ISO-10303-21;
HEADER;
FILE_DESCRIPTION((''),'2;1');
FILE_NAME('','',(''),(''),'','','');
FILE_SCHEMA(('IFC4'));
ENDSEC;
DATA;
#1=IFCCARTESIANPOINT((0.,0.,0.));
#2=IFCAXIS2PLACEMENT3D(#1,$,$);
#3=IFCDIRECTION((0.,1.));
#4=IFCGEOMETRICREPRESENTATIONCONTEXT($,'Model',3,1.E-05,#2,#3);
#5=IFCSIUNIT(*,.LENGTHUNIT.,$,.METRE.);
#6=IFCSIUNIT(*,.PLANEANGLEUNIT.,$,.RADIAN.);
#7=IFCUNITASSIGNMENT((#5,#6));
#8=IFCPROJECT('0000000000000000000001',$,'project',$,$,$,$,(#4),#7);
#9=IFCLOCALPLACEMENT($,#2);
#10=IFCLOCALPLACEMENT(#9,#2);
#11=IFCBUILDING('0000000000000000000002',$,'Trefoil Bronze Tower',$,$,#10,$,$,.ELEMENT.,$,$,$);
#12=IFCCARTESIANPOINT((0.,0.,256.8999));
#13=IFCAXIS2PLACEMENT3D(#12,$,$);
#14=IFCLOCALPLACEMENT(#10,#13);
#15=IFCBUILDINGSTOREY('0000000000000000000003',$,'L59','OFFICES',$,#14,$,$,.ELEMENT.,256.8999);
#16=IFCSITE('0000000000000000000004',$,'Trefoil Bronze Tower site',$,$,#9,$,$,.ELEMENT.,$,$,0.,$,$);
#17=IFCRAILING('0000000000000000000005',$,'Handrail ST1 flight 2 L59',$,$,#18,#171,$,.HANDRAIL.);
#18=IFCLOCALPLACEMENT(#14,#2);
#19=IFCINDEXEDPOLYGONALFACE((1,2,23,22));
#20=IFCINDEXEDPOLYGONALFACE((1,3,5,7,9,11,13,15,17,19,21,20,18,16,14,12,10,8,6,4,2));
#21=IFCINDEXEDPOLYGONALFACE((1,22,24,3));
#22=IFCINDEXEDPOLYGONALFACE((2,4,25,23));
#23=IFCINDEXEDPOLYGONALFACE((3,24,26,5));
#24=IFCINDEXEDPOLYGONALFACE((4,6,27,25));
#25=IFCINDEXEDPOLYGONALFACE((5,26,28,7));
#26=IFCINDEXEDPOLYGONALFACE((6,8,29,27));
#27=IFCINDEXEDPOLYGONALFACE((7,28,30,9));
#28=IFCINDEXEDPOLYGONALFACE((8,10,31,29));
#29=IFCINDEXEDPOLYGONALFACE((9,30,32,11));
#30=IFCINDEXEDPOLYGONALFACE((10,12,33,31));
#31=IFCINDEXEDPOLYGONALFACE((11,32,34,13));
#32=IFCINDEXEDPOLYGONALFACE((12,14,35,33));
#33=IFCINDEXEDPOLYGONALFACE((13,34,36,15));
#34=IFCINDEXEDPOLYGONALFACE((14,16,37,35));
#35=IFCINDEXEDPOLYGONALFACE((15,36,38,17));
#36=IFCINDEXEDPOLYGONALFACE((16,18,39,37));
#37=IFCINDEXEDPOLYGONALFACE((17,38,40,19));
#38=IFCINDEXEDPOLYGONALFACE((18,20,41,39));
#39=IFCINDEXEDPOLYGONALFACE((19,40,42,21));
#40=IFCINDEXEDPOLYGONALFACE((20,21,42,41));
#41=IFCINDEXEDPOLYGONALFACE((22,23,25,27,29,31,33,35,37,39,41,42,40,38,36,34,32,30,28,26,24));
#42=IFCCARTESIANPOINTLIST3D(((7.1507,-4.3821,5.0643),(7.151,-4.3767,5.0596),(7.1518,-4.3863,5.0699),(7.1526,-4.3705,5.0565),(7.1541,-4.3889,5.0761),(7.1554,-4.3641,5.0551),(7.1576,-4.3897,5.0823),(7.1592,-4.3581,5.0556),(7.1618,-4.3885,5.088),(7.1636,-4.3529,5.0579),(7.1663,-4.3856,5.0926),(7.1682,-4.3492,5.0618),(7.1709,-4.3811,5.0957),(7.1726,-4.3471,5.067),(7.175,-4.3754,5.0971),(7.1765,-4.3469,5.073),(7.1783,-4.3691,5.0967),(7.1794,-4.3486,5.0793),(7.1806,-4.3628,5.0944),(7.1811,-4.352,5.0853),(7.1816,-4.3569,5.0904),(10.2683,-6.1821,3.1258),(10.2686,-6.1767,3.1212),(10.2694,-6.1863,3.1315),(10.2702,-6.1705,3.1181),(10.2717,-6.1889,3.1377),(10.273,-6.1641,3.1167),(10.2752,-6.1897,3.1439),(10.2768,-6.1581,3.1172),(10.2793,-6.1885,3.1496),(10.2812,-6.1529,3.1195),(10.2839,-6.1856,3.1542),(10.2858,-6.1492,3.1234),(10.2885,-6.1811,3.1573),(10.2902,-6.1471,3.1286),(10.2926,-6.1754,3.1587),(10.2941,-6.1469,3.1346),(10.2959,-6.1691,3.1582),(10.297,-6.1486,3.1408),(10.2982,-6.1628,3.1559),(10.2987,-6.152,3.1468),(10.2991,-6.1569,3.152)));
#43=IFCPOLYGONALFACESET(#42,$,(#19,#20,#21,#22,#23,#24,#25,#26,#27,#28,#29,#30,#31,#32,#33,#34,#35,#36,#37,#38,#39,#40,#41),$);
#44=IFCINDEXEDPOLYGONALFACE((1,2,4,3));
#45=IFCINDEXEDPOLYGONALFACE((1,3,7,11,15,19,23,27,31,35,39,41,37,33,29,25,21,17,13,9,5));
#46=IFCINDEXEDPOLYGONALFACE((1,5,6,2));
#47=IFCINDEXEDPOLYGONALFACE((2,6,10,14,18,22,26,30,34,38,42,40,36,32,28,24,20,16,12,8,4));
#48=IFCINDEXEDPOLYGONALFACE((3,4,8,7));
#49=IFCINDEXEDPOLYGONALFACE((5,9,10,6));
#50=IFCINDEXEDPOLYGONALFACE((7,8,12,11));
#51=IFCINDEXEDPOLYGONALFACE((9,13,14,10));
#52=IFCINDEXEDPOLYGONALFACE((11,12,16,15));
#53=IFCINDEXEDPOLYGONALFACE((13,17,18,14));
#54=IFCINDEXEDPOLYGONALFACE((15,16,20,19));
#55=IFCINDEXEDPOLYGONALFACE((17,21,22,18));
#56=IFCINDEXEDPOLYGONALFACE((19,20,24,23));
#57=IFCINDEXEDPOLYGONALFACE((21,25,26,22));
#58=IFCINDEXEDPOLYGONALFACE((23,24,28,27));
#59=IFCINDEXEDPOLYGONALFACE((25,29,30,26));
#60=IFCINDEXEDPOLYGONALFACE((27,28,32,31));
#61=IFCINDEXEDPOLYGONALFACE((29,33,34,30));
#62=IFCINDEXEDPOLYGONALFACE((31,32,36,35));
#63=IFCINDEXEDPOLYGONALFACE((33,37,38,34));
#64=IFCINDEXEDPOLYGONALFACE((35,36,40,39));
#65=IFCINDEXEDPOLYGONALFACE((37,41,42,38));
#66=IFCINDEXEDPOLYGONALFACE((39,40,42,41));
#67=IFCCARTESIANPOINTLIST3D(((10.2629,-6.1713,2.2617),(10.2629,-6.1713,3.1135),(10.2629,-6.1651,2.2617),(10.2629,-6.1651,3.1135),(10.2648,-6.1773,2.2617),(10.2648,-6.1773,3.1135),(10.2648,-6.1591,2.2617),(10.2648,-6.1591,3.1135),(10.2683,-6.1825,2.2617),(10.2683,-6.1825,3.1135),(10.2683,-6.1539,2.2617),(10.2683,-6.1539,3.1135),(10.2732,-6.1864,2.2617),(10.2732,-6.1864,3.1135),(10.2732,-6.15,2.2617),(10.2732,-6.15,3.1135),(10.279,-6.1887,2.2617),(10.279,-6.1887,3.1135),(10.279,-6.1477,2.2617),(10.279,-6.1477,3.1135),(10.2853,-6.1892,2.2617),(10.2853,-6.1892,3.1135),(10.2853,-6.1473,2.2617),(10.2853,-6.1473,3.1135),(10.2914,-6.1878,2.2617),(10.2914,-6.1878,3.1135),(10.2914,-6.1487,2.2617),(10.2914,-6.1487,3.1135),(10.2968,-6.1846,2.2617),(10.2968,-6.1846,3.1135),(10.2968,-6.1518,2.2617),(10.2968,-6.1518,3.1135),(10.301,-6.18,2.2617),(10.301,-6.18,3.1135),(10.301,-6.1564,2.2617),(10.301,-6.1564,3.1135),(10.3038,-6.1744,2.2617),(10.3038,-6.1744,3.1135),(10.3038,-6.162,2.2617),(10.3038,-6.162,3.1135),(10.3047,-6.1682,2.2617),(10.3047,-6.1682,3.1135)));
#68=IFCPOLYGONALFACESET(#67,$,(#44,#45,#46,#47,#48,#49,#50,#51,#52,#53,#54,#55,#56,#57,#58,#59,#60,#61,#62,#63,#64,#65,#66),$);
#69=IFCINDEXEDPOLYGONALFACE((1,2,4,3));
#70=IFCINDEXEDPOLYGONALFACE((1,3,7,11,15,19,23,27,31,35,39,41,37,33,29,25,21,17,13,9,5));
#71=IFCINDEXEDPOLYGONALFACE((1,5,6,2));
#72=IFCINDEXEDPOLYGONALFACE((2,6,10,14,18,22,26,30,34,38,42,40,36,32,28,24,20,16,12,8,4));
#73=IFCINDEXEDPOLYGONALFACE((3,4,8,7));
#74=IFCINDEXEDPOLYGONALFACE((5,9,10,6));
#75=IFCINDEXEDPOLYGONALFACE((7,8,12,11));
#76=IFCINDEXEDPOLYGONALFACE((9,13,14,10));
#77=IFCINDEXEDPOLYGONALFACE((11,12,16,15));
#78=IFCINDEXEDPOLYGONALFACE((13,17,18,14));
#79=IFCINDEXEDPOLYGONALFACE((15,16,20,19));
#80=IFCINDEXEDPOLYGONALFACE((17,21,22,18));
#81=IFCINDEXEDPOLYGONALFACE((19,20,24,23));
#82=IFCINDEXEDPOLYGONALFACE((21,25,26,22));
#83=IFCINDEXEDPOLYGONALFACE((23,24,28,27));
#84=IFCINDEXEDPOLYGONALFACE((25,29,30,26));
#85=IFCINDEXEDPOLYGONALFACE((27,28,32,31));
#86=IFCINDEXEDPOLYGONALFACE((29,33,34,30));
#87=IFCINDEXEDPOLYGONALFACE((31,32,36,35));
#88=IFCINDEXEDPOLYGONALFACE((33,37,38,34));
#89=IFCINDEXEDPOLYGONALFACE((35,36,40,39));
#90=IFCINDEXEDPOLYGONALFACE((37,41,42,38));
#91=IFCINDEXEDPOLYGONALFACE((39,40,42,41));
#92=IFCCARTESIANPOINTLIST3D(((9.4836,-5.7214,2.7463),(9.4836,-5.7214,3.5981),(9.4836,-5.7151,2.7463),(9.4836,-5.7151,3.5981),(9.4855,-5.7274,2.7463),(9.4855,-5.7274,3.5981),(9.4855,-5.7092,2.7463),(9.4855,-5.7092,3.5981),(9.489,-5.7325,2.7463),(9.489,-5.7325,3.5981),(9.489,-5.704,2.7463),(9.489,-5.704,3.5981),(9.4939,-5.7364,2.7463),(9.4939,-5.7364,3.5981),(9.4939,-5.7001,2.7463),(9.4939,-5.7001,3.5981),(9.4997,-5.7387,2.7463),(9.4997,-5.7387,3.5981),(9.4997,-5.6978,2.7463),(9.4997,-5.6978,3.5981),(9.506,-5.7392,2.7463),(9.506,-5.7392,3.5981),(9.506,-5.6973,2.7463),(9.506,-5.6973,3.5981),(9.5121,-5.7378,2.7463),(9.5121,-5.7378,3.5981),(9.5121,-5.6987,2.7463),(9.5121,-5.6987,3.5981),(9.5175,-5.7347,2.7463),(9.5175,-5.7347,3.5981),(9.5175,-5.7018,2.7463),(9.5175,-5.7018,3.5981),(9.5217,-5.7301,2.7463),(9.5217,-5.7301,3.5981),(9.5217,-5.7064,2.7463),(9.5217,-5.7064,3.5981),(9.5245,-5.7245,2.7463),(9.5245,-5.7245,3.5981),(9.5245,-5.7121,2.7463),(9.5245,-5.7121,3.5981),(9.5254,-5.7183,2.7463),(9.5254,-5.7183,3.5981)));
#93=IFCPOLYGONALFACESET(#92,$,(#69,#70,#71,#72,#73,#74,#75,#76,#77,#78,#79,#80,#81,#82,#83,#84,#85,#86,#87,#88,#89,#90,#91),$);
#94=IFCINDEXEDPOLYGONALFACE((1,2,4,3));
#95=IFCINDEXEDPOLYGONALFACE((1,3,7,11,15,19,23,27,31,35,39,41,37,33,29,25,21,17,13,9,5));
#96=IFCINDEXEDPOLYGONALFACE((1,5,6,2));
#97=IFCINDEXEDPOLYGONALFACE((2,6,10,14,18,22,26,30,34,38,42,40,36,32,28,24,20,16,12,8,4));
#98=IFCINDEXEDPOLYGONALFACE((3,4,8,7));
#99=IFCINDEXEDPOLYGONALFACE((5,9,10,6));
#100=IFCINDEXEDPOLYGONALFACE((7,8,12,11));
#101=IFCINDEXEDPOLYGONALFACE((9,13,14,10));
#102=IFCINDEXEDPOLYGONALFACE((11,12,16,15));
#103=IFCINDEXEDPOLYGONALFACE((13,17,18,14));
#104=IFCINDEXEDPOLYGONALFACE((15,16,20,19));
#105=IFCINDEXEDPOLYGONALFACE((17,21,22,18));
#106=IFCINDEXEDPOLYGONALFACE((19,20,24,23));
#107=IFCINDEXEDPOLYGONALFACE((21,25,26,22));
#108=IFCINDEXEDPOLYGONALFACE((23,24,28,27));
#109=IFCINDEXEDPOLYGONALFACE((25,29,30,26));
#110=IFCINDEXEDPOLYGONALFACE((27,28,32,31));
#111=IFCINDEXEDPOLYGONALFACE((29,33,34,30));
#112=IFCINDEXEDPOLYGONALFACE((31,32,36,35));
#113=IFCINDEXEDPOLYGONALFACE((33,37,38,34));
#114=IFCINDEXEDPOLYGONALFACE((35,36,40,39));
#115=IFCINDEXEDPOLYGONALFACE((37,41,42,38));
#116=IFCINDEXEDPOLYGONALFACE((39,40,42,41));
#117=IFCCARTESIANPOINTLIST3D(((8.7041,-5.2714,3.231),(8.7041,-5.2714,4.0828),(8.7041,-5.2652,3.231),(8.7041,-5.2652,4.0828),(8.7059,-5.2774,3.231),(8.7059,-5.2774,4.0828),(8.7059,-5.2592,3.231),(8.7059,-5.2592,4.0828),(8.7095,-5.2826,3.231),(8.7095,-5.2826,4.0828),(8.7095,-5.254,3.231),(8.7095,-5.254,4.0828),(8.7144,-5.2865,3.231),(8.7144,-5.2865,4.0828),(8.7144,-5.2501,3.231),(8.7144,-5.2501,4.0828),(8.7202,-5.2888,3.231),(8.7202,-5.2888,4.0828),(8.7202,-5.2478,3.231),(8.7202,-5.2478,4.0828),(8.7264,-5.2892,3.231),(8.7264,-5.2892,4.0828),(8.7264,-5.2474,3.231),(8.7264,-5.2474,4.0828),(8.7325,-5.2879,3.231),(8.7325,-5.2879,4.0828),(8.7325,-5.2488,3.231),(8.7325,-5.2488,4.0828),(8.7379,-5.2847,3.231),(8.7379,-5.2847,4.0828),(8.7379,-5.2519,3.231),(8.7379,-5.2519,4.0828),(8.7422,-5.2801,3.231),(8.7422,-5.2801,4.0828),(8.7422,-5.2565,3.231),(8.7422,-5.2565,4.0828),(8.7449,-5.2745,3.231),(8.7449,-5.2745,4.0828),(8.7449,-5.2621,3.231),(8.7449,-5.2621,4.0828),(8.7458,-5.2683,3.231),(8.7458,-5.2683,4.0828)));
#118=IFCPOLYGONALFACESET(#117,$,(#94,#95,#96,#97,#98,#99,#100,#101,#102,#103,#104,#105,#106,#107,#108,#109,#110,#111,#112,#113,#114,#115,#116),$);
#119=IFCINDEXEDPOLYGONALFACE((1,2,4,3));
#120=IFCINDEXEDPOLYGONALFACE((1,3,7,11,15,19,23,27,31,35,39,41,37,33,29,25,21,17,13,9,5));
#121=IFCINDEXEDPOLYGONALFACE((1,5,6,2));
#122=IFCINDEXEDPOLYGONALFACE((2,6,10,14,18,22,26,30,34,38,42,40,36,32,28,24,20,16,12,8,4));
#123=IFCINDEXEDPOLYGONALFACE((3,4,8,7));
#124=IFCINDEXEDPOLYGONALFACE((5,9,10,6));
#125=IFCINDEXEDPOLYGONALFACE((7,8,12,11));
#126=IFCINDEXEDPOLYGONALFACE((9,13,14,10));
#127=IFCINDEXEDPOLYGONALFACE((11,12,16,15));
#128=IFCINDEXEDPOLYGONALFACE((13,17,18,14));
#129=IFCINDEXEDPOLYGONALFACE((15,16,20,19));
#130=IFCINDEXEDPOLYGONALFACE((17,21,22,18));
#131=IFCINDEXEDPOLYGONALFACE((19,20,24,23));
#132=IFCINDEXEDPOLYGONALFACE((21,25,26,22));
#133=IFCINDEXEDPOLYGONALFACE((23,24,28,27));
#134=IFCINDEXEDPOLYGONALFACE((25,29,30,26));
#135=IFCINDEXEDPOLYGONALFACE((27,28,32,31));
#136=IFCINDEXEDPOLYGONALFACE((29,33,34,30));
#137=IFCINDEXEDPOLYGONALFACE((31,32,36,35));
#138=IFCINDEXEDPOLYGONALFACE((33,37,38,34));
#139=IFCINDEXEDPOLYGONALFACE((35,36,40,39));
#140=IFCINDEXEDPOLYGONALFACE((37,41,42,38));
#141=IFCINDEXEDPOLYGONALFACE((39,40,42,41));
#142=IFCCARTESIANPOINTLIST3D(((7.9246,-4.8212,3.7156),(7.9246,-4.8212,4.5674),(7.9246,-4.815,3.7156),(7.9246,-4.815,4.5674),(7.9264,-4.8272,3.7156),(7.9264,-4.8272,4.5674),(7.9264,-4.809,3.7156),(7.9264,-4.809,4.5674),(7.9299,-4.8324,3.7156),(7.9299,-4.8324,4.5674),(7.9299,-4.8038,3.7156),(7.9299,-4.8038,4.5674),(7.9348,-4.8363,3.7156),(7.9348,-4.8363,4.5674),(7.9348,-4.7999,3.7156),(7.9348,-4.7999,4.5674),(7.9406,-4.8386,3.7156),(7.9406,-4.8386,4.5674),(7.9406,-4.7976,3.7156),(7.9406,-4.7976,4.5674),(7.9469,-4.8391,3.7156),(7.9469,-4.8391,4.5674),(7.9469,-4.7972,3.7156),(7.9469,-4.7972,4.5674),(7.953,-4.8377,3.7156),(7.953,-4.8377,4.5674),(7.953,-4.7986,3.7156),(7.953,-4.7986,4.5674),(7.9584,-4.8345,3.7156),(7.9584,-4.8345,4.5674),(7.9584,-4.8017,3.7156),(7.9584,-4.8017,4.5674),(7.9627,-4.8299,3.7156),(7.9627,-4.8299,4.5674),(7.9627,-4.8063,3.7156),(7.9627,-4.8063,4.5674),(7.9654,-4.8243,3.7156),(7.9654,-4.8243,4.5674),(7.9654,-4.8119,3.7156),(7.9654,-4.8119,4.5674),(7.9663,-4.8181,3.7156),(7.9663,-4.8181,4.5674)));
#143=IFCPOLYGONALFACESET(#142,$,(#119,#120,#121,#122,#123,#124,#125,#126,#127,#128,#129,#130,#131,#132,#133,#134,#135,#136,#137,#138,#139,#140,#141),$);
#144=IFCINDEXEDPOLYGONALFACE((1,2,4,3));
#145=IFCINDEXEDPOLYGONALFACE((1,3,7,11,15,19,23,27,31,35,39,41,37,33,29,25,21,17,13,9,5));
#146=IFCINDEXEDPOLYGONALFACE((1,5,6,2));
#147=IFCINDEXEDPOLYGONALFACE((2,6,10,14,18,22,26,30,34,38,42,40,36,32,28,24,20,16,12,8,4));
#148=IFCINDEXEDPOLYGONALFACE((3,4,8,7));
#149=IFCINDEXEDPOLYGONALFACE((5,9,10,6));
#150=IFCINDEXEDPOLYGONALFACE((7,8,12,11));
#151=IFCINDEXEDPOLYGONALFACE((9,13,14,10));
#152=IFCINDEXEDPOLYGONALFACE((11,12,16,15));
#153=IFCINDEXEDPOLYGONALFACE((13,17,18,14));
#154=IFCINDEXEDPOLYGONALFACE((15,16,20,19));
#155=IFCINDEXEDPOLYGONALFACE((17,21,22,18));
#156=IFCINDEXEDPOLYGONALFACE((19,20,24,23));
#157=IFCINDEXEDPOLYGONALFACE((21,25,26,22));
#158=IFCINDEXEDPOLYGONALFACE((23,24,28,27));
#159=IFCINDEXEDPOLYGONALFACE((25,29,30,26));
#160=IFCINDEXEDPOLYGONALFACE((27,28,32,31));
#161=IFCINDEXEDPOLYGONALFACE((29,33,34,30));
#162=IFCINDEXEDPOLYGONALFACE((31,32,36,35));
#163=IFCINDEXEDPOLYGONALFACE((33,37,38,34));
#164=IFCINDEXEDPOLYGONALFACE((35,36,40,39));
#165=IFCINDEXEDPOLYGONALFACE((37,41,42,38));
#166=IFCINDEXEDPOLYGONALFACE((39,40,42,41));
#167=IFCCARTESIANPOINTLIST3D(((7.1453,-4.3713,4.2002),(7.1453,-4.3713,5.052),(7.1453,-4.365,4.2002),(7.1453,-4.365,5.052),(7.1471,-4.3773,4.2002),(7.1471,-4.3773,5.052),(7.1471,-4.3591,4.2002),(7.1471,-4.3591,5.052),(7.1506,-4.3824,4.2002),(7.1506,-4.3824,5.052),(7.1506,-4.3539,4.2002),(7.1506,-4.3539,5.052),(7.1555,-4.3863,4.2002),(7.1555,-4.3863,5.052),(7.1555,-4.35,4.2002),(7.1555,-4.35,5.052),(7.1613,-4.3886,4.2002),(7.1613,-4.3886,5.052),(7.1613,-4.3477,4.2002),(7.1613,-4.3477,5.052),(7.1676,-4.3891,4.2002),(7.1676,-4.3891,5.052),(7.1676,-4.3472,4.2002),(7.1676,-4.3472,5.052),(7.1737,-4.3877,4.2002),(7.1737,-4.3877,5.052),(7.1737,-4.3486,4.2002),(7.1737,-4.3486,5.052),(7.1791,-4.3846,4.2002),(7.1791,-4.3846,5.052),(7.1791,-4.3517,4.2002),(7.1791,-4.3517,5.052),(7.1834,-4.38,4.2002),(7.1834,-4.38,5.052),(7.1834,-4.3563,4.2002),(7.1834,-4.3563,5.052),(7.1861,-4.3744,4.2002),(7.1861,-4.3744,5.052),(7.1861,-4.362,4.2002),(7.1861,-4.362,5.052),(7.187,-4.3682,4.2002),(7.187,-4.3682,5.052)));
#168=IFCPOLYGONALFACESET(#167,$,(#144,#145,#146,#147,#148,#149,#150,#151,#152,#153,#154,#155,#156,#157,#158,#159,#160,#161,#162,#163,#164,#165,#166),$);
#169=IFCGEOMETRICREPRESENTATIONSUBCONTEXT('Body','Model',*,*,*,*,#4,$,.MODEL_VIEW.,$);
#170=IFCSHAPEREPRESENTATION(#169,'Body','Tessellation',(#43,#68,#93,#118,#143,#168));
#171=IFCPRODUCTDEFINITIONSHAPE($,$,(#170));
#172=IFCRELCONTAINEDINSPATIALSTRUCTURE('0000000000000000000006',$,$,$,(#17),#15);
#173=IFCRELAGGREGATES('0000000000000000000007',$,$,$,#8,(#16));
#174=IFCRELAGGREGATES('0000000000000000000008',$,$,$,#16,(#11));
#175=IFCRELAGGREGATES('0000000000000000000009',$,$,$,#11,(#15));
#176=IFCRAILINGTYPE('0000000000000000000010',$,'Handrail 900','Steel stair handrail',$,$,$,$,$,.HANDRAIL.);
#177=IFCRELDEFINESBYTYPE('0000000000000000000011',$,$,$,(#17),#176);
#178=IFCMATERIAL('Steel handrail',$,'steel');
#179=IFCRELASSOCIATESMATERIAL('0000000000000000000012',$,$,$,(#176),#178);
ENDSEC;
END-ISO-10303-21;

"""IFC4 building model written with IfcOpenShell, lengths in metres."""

from ifc_helpers import new_model, si_unit, direction, frame, origin, origin_2d, place, context, subcontext, project, spatial, circle, extrude, material, type_object, element, save


model = new_model("IFC4")

# Units and contexts
model_context = context("Model", 3, precision=1e-05, world=origin(), true_north=direction((0.0, 1.0)))
body_context = subcontext(model_context, "Body", "Model", "MODEL_VIEW")
ifc_project = project(units=[si_unit("LENGTHUNIT", "METRE"), si_unit("PLANEANGLEUNIT", "RADIAN")], contexts=[model_context])

# Site, building, storey
site_placement = place(None, origin())
site = spatial("IfcSite", under=ifc_project, at=site_placement, Name="Trefoil Bronze Tower site", CompositionType="ELEMENT", RefElevation=0.0)
building_placement = place(site_placement, origin())
building = spatial("IfcBuilding", under=site, at=building_placement, Name="Trefoil Bronze Tower", CompositionType="ELEMENT")
storey_placement = place(building_placement, frame((0.0, 0.0, 256.8999)))
storey = spatial("IfcBuildingStorey", under=building, at=storey_placement, Name="L59", Description="OFFICES", CompositionType="ELEMENT", Elevation=256.8999)

# Railing
ifc_material_1 = material(Name="Steel handrail", Category="steel")
railing_type = type_object("IfcRailingType", Name="Handrail 900", Description="Steel stair handrail", PredefinedType="HANDRAIL", material=ifc_material_1)
railing_1_placement = place(storey_placement, frame((10.2837, -6.1682, 2.2617)))
element("IfcRailing", 1, at=railing_1_placement, inside=storey, type_object=railing_type, Name="Handrail ST1 flight 2 L59", PredefinedType="HANDRAIL", context=body_context, shape_type="SweptSolid", body=[
    extrude(circle(Radius=0.0239, at=origin_2d()), frame((0.0, 0.0, 0.876), z_axis=(-0.762503, 0.440246, 0.474102), x_axis=(-0.500012, -0.866018, 0.0)), (0.0, 0.0, 1.0), 4.0886),
    extrude(circle(Radius=0.021, at=origin_2d()), origin(), (0.0, 0.0, 1.0), 0.8518),
    extrude(circle(Radius=0.021, at=origin_2d()), frame((-0.7793, 0.45, 0.4846)), (0.0, 0.0, 1.0), 0.8518),
    extrude(circle(Radius=0.021, at=origin_2d()), frame((-1.5588, 0.8999, 0.9692)), (0.0, 0.0, 1.0), 0.8518),
    extrude(circle(Radius=0.021, at=origin_2d()), frame((-2.3384, 1.3501, 1.4539)), (0.0, 0.0, 1.0), 0.8518),
    extrude(circle(Radius=0.021, at=origin_2d()), frame((-3.1177, 1.8, 1.9385)), (0.0, 0.0, 1.0), 0.8518),
])

save(model, "model.ifc")
